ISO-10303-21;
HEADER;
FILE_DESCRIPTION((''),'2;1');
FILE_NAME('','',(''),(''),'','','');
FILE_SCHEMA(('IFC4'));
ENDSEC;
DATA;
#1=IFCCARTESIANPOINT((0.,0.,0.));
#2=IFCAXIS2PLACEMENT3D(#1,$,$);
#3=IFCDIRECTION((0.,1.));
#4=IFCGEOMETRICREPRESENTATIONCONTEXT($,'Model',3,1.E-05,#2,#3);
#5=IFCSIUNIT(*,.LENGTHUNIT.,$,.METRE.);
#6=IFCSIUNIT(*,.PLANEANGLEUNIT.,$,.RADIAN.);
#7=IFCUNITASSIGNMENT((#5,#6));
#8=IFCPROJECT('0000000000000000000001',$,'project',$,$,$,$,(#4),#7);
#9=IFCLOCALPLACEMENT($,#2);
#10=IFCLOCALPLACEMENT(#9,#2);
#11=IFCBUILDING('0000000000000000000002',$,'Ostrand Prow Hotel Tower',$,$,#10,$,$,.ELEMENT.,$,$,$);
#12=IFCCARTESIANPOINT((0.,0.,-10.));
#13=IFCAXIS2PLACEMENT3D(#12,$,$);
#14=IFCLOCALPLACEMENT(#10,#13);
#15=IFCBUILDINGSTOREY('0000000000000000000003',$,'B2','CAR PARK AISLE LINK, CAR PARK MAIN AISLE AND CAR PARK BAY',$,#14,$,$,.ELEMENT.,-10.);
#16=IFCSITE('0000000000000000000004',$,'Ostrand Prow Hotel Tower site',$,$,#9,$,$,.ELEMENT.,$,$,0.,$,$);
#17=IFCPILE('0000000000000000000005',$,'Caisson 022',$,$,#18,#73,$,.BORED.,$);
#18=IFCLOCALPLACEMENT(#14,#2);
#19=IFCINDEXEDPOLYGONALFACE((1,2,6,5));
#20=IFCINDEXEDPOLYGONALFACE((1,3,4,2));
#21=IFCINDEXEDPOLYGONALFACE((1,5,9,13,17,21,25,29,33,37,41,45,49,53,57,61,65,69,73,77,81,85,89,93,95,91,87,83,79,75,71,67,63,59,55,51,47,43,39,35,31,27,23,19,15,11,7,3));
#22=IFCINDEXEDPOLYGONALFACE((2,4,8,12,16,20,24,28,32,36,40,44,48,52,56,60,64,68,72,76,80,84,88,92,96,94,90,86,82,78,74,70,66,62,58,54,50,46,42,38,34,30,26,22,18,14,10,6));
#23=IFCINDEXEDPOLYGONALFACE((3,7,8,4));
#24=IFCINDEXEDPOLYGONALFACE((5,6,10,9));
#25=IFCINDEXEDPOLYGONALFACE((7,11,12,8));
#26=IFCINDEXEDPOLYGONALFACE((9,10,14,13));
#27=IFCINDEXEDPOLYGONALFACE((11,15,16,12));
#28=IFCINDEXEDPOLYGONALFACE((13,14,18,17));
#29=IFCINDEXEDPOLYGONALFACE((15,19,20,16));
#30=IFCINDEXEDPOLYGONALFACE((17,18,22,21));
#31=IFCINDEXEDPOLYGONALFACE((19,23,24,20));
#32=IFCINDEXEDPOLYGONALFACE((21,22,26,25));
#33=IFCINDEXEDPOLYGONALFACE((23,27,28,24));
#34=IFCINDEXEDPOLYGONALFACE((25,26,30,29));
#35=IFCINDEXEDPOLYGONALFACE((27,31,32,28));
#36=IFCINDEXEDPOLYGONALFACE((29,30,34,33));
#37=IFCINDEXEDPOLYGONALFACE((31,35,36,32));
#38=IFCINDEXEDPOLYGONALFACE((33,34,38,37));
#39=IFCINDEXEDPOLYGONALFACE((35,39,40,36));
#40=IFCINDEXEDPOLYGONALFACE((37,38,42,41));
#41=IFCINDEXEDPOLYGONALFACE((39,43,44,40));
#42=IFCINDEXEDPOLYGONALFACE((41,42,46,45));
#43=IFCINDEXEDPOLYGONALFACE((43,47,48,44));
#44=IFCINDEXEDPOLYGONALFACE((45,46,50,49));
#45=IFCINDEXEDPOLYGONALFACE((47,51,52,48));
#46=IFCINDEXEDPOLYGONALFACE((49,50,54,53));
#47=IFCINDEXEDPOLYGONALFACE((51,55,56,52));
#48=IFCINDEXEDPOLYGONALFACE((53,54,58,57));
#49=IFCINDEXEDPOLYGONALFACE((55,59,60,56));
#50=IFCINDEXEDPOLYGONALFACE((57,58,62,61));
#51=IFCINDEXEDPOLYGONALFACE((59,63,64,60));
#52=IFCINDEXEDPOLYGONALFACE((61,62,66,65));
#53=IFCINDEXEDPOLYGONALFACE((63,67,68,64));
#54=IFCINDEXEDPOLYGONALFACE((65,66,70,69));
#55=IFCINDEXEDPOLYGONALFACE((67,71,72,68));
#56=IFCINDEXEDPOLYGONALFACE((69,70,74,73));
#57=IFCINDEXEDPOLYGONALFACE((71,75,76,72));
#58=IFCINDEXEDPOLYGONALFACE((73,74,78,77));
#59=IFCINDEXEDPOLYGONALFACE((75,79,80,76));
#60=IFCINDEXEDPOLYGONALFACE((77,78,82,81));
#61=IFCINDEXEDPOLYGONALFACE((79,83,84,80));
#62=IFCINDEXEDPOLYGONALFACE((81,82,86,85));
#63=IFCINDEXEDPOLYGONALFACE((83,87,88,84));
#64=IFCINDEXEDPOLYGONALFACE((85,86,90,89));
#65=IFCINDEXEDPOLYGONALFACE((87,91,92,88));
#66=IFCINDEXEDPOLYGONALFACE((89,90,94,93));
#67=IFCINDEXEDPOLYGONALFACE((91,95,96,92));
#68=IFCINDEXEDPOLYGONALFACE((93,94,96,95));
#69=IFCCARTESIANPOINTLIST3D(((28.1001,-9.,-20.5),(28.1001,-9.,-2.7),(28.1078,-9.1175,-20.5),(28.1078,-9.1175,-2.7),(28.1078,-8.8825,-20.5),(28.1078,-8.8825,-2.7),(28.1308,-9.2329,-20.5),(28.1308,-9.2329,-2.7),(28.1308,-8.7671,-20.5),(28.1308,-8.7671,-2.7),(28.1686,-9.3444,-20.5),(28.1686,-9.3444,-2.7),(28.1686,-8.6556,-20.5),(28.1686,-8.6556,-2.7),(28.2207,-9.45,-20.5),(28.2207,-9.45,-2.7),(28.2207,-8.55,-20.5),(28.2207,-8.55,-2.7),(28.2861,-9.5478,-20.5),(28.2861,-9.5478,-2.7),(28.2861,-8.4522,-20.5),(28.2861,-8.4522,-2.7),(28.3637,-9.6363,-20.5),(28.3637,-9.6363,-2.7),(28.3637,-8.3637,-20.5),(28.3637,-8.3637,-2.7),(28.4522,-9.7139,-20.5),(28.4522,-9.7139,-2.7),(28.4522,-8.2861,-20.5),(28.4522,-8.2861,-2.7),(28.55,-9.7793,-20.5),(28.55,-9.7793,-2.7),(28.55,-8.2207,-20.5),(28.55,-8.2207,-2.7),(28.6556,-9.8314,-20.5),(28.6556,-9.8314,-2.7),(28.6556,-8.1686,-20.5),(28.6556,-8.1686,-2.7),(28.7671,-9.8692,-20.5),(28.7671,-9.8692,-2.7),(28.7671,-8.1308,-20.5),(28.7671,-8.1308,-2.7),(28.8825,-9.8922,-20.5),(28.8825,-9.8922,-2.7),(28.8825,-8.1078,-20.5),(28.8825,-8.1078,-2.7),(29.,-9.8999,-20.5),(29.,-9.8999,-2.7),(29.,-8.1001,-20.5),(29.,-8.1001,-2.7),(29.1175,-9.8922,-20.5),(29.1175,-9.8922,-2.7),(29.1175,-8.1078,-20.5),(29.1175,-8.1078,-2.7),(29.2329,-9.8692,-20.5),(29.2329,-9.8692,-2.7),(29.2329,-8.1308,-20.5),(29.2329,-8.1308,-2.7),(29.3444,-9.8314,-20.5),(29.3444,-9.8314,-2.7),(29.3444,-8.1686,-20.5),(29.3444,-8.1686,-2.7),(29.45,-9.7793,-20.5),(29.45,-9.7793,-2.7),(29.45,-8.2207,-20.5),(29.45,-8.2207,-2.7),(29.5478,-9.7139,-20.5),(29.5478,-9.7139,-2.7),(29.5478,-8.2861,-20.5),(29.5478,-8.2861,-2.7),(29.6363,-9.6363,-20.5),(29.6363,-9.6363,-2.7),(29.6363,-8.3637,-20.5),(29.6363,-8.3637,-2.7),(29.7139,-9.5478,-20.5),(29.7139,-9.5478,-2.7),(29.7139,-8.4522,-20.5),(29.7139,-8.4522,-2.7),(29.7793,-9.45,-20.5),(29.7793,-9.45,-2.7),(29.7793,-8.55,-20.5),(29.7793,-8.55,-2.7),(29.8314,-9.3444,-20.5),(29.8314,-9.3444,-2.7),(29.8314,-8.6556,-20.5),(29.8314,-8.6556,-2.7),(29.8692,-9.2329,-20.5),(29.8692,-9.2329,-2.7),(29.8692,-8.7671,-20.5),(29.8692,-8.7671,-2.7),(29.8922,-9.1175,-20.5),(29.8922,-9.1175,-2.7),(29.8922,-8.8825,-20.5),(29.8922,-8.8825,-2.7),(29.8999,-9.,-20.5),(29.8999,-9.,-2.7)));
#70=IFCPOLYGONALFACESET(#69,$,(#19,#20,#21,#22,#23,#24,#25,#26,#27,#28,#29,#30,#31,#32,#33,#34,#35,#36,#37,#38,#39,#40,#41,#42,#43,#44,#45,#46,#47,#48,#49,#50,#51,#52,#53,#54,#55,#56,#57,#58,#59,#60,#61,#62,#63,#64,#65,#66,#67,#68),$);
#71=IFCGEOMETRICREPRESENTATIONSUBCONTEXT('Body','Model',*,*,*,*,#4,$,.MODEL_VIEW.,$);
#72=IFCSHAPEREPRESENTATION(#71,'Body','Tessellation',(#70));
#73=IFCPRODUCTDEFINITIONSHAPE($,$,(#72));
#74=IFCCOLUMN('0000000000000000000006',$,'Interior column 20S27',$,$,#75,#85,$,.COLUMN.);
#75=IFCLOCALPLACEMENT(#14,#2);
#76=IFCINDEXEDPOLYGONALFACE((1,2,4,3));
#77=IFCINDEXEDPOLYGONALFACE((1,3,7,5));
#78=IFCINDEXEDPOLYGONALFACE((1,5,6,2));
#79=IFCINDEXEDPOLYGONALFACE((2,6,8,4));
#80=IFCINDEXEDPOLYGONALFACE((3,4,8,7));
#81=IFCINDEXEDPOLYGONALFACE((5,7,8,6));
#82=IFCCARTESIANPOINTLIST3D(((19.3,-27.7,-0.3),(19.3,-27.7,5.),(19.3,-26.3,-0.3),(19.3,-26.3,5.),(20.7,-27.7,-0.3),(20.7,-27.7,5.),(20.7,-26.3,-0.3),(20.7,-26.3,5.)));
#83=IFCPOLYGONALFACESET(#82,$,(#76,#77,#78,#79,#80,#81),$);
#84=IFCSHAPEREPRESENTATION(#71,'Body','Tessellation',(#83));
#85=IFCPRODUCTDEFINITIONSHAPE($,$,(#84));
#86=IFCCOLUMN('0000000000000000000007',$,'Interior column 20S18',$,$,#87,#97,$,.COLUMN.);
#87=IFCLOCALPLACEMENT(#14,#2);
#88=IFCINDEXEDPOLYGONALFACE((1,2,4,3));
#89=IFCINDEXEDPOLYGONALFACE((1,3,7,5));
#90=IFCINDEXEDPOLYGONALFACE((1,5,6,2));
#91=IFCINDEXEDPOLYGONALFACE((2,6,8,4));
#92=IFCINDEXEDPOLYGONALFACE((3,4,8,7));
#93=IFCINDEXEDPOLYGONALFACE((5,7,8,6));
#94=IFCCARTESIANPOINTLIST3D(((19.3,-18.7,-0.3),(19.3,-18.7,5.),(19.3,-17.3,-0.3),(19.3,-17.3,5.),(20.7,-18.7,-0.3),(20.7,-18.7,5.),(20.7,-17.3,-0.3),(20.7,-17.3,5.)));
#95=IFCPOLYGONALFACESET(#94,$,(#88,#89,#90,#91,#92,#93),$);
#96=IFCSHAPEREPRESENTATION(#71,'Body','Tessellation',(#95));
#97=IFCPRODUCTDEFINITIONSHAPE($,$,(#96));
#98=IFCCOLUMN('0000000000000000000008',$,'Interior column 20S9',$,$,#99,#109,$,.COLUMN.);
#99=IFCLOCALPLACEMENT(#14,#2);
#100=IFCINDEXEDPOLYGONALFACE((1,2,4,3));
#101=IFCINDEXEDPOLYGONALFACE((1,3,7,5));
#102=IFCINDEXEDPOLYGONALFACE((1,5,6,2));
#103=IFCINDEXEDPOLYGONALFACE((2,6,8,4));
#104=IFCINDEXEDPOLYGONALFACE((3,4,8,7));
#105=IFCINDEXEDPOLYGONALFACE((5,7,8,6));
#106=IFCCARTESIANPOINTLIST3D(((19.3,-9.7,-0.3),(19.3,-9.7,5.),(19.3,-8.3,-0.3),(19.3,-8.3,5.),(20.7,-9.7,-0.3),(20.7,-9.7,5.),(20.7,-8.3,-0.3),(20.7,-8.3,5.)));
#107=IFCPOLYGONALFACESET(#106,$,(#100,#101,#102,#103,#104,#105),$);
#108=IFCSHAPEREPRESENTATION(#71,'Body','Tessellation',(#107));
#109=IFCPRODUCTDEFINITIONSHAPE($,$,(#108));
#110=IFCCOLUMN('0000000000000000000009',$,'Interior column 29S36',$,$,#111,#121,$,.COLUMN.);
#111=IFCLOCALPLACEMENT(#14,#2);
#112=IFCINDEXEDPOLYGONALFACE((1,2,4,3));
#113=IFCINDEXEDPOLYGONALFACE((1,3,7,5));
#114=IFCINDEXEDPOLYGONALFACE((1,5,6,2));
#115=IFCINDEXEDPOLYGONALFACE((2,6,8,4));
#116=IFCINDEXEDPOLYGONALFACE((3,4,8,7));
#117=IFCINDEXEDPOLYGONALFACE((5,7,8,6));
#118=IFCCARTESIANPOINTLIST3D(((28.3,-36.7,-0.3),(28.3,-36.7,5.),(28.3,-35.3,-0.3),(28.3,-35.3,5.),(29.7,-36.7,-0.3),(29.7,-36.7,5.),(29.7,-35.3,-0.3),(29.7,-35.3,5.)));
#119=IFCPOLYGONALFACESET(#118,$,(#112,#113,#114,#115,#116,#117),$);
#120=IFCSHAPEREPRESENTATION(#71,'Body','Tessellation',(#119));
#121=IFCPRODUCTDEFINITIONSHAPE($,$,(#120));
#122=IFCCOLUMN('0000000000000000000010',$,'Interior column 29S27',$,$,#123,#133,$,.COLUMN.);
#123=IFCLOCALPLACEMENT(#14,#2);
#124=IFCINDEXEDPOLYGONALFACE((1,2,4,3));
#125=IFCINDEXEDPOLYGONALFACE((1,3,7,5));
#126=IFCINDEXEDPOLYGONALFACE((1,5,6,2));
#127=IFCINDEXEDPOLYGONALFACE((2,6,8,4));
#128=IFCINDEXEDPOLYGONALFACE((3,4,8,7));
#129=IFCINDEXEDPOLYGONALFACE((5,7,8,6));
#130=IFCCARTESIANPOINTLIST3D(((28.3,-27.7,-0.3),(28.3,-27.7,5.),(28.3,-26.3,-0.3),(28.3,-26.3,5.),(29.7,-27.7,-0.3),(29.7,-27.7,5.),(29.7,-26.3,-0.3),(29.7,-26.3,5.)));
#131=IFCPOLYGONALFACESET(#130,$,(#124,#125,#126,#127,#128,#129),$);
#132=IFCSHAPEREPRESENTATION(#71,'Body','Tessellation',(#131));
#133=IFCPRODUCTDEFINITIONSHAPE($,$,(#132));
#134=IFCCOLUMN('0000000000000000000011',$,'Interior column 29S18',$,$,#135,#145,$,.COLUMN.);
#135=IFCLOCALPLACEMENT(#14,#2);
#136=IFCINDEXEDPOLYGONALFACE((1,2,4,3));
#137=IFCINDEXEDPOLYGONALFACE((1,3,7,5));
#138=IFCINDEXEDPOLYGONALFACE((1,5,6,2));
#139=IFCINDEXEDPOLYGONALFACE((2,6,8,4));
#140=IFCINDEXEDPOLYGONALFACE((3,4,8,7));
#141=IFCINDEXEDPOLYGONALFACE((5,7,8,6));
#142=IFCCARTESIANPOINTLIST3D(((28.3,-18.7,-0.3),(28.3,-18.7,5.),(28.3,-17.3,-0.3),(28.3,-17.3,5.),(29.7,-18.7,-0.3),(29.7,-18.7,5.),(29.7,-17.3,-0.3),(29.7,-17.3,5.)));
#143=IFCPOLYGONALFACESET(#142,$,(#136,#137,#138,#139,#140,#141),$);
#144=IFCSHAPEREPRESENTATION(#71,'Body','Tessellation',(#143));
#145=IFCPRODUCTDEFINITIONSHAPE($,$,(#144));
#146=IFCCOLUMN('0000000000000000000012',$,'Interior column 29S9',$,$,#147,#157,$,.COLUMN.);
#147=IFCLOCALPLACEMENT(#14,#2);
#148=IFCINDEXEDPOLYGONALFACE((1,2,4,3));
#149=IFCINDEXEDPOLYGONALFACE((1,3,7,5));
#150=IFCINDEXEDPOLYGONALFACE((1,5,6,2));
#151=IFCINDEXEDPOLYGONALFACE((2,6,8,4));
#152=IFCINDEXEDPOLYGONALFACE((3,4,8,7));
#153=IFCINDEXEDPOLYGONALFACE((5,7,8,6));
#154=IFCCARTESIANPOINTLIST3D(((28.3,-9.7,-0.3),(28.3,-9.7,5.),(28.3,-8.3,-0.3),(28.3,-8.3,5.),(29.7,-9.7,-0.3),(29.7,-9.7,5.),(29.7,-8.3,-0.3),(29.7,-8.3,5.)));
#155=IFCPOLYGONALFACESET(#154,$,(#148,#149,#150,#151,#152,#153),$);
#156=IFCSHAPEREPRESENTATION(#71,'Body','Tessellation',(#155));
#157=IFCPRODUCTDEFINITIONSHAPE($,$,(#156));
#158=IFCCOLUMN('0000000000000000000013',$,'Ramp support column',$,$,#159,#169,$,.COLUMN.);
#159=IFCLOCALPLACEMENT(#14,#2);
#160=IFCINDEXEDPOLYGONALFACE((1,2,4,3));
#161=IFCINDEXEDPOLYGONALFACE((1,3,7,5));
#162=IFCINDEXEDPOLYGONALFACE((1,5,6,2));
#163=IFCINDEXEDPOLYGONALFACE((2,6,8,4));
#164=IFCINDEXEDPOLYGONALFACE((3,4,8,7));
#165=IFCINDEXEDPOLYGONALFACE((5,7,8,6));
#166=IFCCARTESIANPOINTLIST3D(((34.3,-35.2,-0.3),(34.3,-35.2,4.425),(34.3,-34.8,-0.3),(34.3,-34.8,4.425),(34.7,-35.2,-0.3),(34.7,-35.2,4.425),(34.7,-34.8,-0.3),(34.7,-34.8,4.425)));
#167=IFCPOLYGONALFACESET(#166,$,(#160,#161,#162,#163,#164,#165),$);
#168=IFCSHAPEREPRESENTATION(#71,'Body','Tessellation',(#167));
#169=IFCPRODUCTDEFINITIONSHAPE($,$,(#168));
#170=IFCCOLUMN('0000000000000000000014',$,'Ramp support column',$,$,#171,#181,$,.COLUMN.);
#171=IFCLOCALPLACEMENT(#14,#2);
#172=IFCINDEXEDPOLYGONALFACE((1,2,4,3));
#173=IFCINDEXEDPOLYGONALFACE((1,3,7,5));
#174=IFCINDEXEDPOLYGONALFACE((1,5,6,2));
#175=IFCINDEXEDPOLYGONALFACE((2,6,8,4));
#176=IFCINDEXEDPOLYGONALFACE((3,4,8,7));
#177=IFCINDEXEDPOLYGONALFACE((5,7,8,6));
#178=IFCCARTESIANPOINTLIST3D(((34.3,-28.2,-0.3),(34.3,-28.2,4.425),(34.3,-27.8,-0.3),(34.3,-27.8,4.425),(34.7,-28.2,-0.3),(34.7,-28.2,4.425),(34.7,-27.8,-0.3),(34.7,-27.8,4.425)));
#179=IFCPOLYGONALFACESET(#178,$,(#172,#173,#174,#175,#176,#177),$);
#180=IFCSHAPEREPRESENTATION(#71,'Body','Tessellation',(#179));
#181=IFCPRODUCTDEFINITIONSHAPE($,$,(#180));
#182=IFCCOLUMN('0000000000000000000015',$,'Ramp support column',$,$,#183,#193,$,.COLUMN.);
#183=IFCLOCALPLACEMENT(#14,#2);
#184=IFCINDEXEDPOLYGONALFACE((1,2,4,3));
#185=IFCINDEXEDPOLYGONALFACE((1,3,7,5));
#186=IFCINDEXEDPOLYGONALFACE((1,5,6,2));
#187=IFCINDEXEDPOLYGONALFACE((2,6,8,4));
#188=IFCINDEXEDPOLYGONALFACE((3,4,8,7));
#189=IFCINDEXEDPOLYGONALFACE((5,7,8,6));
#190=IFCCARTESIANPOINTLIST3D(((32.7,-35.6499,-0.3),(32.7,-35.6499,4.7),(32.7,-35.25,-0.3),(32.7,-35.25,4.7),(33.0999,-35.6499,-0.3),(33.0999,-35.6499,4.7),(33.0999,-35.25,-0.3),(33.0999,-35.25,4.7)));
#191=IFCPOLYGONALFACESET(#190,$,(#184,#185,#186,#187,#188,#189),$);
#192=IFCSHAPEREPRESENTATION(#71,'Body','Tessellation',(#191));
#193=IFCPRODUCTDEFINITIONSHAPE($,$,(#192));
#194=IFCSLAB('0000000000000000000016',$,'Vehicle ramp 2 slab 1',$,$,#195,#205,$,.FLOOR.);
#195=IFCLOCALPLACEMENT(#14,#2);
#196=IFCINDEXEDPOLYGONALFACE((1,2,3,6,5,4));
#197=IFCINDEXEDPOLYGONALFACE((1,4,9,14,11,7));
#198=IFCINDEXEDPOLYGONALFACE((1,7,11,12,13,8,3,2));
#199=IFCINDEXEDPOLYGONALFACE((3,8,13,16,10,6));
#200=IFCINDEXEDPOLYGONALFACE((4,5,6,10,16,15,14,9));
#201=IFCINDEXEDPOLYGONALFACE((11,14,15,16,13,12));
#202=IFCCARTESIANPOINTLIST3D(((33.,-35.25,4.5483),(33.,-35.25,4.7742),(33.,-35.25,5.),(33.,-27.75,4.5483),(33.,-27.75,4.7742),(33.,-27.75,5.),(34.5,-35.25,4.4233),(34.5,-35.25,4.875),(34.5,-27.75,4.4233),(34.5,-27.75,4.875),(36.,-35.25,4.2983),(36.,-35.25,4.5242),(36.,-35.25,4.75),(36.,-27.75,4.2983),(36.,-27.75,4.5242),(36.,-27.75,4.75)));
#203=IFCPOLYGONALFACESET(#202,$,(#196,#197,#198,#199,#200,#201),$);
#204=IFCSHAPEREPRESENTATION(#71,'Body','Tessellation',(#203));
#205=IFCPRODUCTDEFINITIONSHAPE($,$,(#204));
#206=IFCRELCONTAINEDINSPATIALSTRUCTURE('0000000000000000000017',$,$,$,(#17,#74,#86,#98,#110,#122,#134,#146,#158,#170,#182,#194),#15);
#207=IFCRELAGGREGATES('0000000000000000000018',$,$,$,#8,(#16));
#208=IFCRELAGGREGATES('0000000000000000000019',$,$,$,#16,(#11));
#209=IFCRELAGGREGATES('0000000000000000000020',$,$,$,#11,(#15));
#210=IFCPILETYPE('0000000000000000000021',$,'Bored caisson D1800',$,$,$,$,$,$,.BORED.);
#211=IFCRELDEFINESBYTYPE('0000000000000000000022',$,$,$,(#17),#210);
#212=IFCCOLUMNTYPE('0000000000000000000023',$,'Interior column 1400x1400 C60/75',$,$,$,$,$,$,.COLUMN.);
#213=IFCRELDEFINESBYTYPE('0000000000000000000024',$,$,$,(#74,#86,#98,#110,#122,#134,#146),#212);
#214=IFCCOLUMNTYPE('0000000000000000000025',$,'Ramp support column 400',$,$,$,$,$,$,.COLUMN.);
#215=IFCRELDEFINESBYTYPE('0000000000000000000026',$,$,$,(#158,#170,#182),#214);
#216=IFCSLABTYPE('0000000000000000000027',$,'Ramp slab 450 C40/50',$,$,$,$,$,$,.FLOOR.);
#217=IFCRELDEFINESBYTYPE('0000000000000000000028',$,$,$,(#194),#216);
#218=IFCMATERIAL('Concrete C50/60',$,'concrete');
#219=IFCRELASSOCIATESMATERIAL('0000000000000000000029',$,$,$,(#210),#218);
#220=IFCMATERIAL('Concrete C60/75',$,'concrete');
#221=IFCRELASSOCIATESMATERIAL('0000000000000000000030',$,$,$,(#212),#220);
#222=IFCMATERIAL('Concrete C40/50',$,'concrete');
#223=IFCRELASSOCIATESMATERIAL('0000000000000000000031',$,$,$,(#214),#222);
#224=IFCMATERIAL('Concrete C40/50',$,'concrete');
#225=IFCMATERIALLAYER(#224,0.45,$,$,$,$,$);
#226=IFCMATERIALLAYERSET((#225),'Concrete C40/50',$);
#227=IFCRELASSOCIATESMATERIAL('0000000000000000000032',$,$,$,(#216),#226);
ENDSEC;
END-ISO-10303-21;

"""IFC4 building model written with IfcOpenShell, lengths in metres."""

from ifc_helpers import new_model, si_unit, direction, frame, origin, origin_2d, place, context, subcontext, project, spatial, polyline, rectangle, circle, outline, extrude, material, layer, layer_set, material_profile, profile_set, type_object, element, save


model = new_model("IFC4")

# Units and contexts
model_context = context("Model", 3, precision=1e-05, world=origin(), true_north=direction((0.0, 1.0)))
body_context = subcontext(model_context, "Body", "Model", "MODEL_VIEW")
ifc_project = project(units=[si_unit("LENGTHUNIT", "METRE"), si_unit("PLANEANGLEUNIT", "RADIAN")], contexts=[model_context])

# Site, building, storey
site_placement = place(None, origin())
site = spatial("IfcSite", under=ifc_project, at=site_placement, Name="Ostrand Prow Hotel Tower site", CompositionType="ELEMENT", RefElevation=0.0)
building_placement = place(site_placement, origin())
building = spatial("IfcBuilding", under=site, at=building_placement, Name="Ostrand Prow Hotel Tower", CompositionType="ELEMENT")
storey_placement = place(building_placement, frame((0.0, 0.0, -10.0)))
storey = spatial("IfcBuildingStorey", under=building, at=storey_placement, Name="B2", Description="CAR PARK AISLE LINK, CAR PARK MAIN AISLE AND CAR PARK BAY", CompositionType="ELEMENT", Elevation=-10.0)

# Pile
ifc_material_1 = material(Name="Concrete C50/60", Category="concrete")
pile_type = type_object("IfcPileType", Name="Bored caisson D1800", PredefinedType="BORED", material=ifc_material_1)
for number, where, z_axis, x_axis, name in (
    (1, (29.0, -9.0, -2.7), (0.0, 0.0, -1.0), (1.0, 0.0, 0.0), "Caisson 022"),
):
    element("IfcPile", number, at=place(storey_placement, frame(where, z_axis=z_axis, x_axis=x_axis)), inside=storey, type_object=pile_type, Name=name, PredefinedType="BORED", context=body_context, shape_type="SweptSolid", body=[
        extrude(circle(Radius=0.8999, at=origin_2d()), origin(), (0.0, 0.0, 1.0), 17.8),
    ])

# Columns
ifc_material_2 = material(Name="Concrete C60/75", Category="concrete")
ifc_material_profile_1 = material_profile(ifc_material_2, rectangle(XDim=1.3999, YDim=1.3999, at=origin_2d()), Name="RC 1400x1400")
ifc_profile_set_1 = profile_set([ifc_material_profile_1], Name="Concrete C60/75")
column_type_1 = type_object("IfcColumnType", Name="Interior column 1400x1400 C60/75", PredefinedType="COLUMN", material=ifc_profile_set_1)
for number, where, z_axis, x_axis, name in (
    (2, (20.0, -27.0, -0.3), (0.0, 0.0, 1.0), (1.0, 0.0, 0.0), "Interior column 20S27"),
    (3, (20.0, -18.0, -0.3), (0.0, 0.0, 1.0), (1.0, 0.0, 0.0), "Interior column 20S18"),
    (4, (20.0, -9.0, -0.3), (0.0, 0.0, 1.0), (1.0, 0.0, 0.0), "Interior column 20S9"),
    (5, (29.0, -36.0, -0.3), (0.0, 0.0, 1.0), (1.0, 0.0, 0.0), "Interior column 29S36"),
    (6, (29.0, -27.0, -0.3), (0.0, 0.0, 1.0), (1.0, 0.0, 0.0), "Interior column 29S27"),
    (7, (29.0, -18.0, -0.3), (0.0, 0.0, 1.0), (1.0, 0.0, 0.0), "Interior column 29S18"),
    (8, (29.0, -9.0, -0.3), (0.0, 0.0, 1.0), (1.0, 0.0, 0.0), "Interior column 29S9"),
):
    element("IfcColumn", number, at=place(storey_placement, frame(where, z_axis=z_axis, x_axis=x_axis)), inside=storey, type_object=column_type_1, Name=name, PredefinedType="COLUMN", context=body_context, shape_type="SweptSolid", body=[
        extrude(rectangle(XDim=1.3999, YDim=1.3999, at=origin_2d()), origin(), (0.0, 0.0, 1.0), 5.3),
    ])
ifc_material_3 = material(Name="Concrete C40/50", Category="concrete")
ifc_material_profile_2 = material_profile(ifc_material_3, rectangle(XDim=0.3999, YDim=0.3999, at=origin_2d()), Name="Ramp support column 400")
ifc_profile_set_2 = profile_set([ifc_material_profile_2], Name="Concrete C40/50")
column_type_2 = type_object("IfcColumnType", Name="Ramp support column 400", PredefinedType="COLUMN", material=ifc_profile_set_2)
for number, where, z_axis, x_axis, name in (
    (9, (34.5, -35.0, -0.3), (0.0, 0.0, 1.0), (1.0, 0.0, 0.0), "Ramp support column"),
    (10, (34.5, -28.0, -0.3), (0.0, 0.0, 1.0), (1.0, 0.0, 0.0), "Ramp support column"),
):
    element("IfcColumn", number, at=place(storey_placement, frame(where, z_axis=z_axis, x_axis=x_axis)), inside=storey, type_object=column_type_2, Name=name, PredefinedType="COLUMN", context=body_context, shape_type="SweptSolid", body=[
        extrude(rectangle(XDim=0.3999, YDim=0.3999, at=origin_2d()), origin(), (0.0, 0.0, 1.0), 4.7251),
    ])
column_placement = place(storey_placement, frame((32.8999, -35.45, -0.3), z_axis=(0.0, 0.0, 1.0), x_axis=(1.0, 0.0, 0.0)))
element("IfcColumn", 11, at=column_placement, inside=storey, type_object=column_type_2, Name="Ramp support column", PredefinedType="COLUMN", context=body_context, shape_type="SweptSolid", body=[
    extrude(rectangle(XDim=0.3999, YDim=0.3999, at=origin_2d()), origin(), (0.0, 0.0, 1.0), 5.0),
])

# Slab
ifc_material_4 = material(Name="Concrete C40/50", Category="concrete")
ifc_layer_1 = layer(ifc_material_4, 0.45)
ifc_layer_set_1 = layer_set([ifc_layer_1], Name="Concrete C40/50")
slab_type = type_object("IfcSlabType", Name="Ramp slab 450 C40/50", PredefinedType="FLOOR", material=ifc_layer_set_1)
slab_1_placement = place(storey_placement, frame((33.0, -31.5, 5.0), z_axis=(0.0, 0.0, 1.0), x_axis=(1.0, 0.0, 0.0)))
element("IfcSlab", 12, at=slab_1_placement, inside=storey, type_object=slab_type, Name="Vehicle ramp 2 slab 1", PredefinedType="FLOOR", context=body_context, shape_type="SweptSolid", body=[
    extrude(outline(polyline([(0.0, 0.0), (1.5, -0.125), (3.0, -0.25), (3.0, -0.4758), (3.0, -0.7017), (1.5, -0.5767), (0.0, -0.4517), (0.0, -0.2258), (0.0, 0.0)])), frame((0.0, 3.75, 0.0), z_axis=(0.0, -1.0, 0.0), x_axis=(1.0, 0.0, 0.0)), (0.0, 0.0, 1.0), 7.5),
])

save(model, "model.ifc")
